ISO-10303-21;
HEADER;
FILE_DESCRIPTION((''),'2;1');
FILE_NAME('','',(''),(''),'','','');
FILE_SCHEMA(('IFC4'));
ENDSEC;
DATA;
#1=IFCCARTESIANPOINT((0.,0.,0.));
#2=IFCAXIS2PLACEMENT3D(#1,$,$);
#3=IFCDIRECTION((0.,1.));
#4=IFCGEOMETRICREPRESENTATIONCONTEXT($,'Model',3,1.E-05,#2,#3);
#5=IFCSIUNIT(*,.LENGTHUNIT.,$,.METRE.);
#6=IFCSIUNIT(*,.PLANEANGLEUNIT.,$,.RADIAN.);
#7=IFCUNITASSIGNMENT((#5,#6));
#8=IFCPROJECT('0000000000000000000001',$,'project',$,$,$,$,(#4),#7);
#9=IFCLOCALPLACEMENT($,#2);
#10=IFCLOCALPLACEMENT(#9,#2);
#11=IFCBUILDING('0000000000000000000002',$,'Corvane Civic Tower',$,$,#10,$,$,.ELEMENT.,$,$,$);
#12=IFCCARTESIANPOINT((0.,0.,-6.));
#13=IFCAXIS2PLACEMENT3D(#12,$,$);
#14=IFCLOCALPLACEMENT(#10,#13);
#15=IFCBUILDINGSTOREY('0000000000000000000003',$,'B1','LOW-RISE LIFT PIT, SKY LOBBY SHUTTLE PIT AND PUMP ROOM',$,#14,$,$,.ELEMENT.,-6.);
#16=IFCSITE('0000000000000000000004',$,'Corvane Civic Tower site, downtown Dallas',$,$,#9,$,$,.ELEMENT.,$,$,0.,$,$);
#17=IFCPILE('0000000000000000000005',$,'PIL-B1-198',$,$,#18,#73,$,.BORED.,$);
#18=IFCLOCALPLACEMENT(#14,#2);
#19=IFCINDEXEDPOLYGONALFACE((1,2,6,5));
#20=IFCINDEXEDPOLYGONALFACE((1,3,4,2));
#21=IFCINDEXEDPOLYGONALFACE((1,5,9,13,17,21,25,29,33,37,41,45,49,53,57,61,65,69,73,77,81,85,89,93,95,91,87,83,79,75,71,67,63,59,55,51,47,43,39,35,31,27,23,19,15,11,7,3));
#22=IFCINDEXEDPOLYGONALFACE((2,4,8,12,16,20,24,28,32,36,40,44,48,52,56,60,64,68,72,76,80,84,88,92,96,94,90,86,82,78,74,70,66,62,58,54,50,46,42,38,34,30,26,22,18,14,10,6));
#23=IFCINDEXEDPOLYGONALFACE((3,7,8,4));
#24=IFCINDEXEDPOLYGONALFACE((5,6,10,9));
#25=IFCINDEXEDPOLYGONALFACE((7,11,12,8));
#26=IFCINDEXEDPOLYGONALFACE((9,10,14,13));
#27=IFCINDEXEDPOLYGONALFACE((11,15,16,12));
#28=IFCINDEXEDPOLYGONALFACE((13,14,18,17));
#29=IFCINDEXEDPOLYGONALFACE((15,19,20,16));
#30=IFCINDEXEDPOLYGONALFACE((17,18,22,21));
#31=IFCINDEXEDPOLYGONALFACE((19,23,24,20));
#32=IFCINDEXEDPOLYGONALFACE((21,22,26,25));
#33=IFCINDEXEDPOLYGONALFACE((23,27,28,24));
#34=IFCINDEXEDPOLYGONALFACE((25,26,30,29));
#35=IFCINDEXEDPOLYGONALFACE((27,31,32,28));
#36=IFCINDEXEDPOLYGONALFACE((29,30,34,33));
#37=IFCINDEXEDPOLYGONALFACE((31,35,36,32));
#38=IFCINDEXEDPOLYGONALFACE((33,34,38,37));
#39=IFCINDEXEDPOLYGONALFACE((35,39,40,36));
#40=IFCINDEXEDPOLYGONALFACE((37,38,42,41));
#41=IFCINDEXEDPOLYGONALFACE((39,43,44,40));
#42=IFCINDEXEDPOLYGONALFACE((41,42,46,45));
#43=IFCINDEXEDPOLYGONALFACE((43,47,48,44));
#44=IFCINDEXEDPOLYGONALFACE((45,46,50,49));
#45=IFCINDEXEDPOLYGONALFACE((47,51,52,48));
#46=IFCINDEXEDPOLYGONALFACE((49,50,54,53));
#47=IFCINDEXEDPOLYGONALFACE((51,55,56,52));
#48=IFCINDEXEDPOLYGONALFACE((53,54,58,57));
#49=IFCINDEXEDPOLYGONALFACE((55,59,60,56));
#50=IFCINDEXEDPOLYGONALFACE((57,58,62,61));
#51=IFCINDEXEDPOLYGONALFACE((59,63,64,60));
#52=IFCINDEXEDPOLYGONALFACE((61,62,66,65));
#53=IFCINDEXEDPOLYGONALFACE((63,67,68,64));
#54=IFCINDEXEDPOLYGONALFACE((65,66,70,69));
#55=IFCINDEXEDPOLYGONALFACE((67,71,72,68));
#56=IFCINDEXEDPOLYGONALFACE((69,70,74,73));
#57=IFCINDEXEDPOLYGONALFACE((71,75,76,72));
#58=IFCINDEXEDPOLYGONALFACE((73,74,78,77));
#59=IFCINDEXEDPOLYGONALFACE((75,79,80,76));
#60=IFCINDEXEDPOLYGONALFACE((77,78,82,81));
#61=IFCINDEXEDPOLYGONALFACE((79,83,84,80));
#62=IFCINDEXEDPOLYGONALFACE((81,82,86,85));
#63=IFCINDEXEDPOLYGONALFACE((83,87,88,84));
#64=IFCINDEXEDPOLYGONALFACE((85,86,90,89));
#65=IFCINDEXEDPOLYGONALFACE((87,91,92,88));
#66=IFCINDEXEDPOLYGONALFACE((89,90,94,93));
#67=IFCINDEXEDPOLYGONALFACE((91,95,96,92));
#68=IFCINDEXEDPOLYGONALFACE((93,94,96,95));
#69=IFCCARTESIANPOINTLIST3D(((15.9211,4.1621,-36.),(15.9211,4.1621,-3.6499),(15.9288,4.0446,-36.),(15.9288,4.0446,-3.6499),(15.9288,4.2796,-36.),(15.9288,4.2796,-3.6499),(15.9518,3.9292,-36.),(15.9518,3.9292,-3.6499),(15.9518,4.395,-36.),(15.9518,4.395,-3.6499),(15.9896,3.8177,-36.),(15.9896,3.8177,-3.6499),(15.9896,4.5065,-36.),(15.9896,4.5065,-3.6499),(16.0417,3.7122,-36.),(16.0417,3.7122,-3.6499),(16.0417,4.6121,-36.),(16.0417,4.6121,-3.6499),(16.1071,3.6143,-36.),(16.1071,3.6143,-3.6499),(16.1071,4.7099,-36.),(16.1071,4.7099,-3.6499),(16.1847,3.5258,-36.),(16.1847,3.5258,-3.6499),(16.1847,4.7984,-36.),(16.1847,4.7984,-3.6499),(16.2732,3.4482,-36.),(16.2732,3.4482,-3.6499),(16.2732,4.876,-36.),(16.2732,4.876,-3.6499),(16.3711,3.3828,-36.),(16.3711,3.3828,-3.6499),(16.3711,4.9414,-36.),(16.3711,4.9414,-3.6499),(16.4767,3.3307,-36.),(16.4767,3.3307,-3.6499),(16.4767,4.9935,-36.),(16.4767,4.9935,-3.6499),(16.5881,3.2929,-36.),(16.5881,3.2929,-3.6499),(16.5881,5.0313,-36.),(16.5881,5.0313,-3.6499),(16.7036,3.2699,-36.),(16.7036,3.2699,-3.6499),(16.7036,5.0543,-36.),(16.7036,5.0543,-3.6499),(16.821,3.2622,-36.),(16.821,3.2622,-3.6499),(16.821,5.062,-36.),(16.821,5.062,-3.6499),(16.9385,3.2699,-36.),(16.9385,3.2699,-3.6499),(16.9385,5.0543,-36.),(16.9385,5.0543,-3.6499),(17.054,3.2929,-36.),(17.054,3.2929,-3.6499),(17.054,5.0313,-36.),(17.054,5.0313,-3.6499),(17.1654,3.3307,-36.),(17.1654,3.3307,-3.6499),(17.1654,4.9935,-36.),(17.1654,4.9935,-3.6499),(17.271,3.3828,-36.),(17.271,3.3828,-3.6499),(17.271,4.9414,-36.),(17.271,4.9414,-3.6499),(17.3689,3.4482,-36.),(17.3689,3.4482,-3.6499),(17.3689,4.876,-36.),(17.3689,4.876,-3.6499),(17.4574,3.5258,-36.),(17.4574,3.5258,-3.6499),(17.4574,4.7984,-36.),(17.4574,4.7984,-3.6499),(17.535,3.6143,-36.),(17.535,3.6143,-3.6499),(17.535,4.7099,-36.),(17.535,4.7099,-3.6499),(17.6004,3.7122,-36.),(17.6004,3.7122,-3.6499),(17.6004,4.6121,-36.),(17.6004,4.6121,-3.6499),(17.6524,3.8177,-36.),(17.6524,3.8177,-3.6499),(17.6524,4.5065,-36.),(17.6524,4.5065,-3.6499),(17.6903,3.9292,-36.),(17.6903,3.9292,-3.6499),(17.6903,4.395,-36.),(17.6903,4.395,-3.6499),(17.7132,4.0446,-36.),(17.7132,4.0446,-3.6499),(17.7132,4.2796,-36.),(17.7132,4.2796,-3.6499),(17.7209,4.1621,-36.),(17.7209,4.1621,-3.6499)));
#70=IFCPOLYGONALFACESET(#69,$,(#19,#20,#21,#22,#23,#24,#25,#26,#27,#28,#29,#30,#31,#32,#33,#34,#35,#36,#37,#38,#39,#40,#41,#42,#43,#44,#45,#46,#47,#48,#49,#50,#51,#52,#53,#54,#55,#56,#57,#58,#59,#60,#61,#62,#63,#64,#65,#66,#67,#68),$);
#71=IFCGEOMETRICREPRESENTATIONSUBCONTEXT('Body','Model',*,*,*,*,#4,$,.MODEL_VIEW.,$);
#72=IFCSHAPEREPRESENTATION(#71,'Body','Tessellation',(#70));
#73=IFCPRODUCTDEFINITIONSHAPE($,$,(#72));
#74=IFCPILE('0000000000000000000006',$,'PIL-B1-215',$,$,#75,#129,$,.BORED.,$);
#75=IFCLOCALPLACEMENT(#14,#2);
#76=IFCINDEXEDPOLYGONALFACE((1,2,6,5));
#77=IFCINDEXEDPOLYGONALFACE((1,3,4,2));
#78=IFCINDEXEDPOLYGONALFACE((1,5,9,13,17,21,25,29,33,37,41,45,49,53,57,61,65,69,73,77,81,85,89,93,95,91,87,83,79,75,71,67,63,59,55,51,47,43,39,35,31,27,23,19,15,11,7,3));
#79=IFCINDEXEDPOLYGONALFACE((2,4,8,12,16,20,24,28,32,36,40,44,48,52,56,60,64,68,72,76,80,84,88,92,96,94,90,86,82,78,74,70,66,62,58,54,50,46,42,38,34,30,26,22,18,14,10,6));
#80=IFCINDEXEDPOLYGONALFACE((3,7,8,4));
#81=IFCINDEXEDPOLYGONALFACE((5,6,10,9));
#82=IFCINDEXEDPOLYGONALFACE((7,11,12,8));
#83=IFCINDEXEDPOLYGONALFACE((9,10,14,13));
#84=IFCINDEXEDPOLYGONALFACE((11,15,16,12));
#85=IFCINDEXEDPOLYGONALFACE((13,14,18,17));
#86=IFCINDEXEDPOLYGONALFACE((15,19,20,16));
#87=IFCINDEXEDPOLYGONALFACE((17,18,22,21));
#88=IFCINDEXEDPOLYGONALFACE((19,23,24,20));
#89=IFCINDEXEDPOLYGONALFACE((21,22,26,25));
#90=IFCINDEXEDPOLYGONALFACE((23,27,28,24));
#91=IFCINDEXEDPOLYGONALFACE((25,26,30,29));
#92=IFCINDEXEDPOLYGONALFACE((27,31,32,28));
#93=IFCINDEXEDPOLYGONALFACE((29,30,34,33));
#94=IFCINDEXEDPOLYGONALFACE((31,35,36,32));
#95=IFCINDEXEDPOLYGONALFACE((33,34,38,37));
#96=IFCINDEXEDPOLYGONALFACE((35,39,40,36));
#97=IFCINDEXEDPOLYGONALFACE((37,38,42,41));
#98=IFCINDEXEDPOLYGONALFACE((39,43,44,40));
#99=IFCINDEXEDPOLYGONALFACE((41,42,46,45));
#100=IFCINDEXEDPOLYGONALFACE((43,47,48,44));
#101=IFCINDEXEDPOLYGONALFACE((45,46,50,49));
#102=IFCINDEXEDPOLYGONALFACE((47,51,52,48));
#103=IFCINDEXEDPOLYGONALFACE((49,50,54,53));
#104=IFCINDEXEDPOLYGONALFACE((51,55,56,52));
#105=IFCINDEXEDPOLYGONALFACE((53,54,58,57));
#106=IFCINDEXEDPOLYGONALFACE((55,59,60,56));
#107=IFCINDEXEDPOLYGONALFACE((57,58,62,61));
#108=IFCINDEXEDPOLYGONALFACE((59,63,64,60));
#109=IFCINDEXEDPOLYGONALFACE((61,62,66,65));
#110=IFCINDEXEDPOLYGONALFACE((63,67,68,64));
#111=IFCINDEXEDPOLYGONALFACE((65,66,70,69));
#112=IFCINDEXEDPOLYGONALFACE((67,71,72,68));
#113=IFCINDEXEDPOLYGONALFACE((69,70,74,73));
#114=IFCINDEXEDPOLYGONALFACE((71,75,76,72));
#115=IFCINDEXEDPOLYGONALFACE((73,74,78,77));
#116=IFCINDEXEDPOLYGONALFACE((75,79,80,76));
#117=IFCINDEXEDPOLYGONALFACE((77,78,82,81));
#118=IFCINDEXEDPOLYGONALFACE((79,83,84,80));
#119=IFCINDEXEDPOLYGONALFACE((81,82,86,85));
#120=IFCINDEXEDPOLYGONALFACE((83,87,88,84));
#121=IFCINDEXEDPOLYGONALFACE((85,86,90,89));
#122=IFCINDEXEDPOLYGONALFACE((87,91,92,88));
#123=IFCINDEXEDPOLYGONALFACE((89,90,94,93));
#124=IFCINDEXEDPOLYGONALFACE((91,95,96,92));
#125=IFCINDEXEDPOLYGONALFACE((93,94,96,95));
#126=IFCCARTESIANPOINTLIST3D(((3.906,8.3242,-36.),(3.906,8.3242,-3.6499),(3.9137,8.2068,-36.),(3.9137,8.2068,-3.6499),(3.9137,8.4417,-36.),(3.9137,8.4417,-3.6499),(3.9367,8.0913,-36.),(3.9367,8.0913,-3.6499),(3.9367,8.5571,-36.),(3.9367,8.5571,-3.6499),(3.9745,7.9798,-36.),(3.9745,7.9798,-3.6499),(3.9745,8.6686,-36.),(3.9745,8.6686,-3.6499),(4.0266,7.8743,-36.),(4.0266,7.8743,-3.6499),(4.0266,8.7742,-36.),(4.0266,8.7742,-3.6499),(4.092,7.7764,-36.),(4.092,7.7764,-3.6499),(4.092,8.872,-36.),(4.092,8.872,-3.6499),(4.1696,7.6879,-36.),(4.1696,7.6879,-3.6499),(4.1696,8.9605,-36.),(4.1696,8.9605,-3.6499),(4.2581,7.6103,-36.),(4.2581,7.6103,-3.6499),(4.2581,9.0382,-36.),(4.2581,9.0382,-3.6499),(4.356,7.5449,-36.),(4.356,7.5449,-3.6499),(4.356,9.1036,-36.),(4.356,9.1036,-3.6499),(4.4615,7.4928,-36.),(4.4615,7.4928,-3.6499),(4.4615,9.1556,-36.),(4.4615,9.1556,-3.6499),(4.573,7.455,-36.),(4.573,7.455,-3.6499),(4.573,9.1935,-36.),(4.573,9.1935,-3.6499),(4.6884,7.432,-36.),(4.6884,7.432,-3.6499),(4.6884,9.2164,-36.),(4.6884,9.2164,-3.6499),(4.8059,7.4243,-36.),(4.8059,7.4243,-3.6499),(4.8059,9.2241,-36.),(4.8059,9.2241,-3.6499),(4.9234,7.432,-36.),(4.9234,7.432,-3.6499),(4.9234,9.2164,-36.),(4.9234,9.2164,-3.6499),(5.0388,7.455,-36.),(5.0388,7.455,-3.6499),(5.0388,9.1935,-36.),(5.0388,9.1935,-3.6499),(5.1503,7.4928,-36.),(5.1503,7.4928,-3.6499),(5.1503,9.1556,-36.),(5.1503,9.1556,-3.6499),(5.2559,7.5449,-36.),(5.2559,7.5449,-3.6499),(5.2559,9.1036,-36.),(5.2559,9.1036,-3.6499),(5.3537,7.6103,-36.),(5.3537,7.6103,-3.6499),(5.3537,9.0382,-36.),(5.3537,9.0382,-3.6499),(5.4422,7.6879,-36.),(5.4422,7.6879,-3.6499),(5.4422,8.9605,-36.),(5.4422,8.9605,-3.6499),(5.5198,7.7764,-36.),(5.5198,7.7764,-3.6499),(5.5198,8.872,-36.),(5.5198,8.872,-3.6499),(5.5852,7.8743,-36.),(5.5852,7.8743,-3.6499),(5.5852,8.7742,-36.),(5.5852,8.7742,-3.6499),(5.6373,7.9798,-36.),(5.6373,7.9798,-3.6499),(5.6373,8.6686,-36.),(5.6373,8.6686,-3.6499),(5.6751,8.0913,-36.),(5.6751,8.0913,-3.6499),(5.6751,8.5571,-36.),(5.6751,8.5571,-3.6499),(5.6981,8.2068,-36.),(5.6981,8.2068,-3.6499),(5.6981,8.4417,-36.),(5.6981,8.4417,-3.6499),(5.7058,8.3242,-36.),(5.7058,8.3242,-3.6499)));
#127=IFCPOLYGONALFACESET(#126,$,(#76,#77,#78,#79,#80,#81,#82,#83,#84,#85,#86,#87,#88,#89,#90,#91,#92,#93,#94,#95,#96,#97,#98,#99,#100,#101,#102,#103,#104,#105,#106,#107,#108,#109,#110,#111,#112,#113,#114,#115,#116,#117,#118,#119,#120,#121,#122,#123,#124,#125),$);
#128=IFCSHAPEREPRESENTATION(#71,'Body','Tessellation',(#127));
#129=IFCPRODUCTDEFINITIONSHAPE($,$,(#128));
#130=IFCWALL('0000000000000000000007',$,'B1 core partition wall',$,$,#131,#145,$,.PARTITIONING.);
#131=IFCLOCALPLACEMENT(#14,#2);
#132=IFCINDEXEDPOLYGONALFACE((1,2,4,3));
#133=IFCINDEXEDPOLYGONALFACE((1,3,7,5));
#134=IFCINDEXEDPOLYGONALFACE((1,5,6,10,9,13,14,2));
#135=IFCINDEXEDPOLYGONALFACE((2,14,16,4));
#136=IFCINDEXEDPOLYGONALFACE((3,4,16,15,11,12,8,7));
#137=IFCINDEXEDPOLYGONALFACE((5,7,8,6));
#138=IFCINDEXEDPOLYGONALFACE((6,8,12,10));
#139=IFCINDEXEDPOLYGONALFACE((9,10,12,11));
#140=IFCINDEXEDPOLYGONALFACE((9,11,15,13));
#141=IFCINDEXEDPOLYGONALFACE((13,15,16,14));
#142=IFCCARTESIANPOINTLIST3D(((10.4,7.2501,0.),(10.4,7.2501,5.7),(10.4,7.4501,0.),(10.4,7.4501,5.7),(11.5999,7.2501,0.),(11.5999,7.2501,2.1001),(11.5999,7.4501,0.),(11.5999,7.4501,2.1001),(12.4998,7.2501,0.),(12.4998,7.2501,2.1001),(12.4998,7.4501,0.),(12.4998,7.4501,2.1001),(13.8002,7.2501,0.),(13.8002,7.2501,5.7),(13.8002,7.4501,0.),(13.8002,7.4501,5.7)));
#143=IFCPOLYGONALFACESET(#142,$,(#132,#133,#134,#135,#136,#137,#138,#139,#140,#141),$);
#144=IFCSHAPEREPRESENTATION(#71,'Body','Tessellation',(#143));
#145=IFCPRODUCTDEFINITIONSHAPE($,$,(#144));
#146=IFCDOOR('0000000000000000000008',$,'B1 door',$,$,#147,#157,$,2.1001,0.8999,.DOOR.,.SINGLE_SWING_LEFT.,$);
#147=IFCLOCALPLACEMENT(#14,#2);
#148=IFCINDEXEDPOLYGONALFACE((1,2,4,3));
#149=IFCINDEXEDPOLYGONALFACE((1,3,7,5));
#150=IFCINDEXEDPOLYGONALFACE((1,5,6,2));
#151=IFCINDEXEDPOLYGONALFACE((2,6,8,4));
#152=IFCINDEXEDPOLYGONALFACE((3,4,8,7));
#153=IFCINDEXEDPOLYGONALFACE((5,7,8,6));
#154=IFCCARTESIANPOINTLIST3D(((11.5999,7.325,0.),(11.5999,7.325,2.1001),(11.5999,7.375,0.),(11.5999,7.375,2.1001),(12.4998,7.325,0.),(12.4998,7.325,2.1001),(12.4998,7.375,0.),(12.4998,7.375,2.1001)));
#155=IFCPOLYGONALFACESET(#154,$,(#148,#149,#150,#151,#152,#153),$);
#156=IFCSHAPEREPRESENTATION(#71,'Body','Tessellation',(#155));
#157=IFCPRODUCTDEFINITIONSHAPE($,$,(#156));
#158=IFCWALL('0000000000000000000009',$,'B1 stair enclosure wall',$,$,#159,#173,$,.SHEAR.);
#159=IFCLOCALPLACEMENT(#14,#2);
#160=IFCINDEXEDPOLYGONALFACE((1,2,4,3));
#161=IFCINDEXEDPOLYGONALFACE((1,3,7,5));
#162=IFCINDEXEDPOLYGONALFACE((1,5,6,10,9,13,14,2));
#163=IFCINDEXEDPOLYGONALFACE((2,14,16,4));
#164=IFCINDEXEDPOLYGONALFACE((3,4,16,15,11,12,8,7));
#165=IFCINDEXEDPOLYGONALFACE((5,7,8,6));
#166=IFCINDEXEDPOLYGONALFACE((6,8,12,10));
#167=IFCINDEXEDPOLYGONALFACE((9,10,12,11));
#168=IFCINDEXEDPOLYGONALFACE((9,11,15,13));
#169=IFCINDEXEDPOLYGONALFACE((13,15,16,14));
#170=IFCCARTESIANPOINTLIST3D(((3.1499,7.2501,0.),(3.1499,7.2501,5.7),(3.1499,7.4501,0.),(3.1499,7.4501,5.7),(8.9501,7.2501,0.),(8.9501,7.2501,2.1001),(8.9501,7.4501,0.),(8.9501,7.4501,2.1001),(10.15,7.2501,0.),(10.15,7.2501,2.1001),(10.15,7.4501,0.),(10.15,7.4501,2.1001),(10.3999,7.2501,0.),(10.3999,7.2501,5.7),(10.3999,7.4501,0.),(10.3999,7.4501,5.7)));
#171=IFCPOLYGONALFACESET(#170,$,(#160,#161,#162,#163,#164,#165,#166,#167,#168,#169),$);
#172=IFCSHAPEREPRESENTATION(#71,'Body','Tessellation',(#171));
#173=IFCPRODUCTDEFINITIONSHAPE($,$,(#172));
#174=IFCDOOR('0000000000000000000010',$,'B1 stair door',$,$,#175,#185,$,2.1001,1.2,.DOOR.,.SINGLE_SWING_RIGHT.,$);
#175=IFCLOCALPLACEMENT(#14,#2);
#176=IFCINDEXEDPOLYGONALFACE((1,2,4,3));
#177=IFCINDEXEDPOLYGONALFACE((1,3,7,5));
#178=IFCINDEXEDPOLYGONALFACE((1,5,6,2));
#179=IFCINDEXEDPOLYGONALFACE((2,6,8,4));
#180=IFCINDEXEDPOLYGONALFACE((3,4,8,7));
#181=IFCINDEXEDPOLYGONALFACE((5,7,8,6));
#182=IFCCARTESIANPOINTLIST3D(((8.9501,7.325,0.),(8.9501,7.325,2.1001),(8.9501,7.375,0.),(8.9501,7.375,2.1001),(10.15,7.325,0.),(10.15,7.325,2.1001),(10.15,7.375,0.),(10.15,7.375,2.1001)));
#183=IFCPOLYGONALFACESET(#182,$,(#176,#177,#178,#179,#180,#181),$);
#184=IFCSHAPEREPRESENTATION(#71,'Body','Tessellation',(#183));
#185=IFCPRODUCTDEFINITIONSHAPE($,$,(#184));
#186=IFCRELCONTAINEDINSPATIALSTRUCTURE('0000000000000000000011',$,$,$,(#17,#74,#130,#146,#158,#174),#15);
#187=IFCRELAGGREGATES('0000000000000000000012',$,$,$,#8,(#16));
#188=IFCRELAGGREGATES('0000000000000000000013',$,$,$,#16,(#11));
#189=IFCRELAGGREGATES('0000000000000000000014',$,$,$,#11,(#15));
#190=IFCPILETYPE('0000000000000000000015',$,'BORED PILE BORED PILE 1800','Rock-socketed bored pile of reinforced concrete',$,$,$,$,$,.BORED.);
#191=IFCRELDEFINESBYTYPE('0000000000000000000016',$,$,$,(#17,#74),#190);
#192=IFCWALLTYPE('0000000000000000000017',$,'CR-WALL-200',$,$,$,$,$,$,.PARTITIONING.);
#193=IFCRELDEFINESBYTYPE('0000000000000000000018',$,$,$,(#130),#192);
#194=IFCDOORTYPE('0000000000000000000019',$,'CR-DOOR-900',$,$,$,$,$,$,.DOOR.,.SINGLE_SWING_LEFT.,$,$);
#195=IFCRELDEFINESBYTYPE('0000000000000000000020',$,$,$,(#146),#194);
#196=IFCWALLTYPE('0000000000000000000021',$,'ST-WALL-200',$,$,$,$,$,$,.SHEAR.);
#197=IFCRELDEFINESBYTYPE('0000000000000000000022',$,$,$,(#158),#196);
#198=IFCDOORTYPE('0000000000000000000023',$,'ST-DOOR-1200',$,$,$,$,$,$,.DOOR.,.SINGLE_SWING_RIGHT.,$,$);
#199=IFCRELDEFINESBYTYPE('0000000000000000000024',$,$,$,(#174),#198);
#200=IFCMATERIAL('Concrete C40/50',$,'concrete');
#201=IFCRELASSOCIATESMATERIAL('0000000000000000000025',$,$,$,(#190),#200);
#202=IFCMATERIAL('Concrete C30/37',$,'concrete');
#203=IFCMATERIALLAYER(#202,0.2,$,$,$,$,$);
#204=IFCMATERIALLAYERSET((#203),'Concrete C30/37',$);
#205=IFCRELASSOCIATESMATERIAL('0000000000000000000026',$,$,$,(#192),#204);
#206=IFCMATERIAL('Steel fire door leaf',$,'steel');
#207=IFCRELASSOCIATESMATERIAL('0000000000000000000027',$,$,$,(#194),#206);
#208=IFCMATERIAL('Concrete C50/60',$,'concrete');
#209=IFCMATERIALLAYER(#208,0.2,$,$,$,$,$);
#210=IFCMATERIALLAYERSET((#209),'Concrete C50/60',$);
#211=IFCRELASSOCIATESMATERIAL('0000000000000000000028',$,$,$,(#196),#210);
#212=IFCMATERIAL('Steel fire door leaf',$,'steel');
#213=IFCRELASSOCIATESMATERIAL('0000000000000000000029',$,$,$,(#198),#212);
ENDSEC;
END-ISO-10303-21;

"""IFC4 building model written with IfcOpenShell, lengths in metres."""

from ifc_helpers import new_model, si_unit, direction, frame, frame_2d, origin, origin_2d, place, context, subcontext, project, spatial, rectangle, circle, extrude, material, layer, layer_set, material_profile, profile_set, type_object, element, fill, save


model = new_model("IFC4")

# Units and contexts
model_context = context("Model", 3, precision=1e-05, world=origin(), true_north=direction((0.0, 1.0)))
body_context = subcontext(model_context, "Body", "Model", "MODEL_VIEW")
ifc_project = project(units=[si_unit("LENGTHUNIT", "METRE"), si_unit("PLANEANGLEUNIT", "RADIAN")], contexts=[model_context])

# Site, building, storey
site_placement = place(None, origin())
site = spatial("IfcSite", under=ifc_project, at=site_placement, Name="Corvane Civic Tower site, downtown Dallas", CompositionType="ELEMENT", RefElevation=0.0)
building_placement = place(site_placement, origin())
building = spatial("IfcBuilding", under=site, at=building_placement, Name="Corvane Civic Tower", CompositionType="ELEMENT")
storey_placement = place(building_placement, frame((0.0, 0.0, -6.0)))
storey = spatial("IfcBuildingStorey", under=building, at=storey_placement, Name="B1", Description="LOW-RISE LIFT PIT, SKY LOBBY SHUTTLE PIT AND PUMP ROOM", CompositionType="ELEMENT", Elevation=-6.0)

# Piles
ifc_material_1 = material(Name="Concrete C40/50", Category="concrete")
ifc_material_profile = material_profile(ifc_material_1, circle(Radius=0.8999, at=origin_2d()), Name="BORED PILE 1800")
ifc_profile_set = profile_set([ifc_material_profile], Name="Concrete C40/50")
pile_type = type_object("IfcPileType", Name="BORED PILE BORED PILE 1800", Description="Rock-socketed bored pile of reinforced concrete", PredefinedType="BORED", material=ifc_profile_set)
for number, where, z_axis, x_axis, name in (
    (1, (16.821, 4.1621, -3.6499), (0.0, 0.0, -1.0), (1.0, 0.0, 0.0), "PIL-B1-198"),
    (2, (4.8059, 8.3242, -3.6499), (0.0, 0.0, -1.0), (1.0, 0.0, 0.0), "PIL-B1-215"),
):
    element("IfcPile", number, at=place(storey_placement, frame(where, z_axis=z_axis, x_axis=x_axis)), inside=storey, type_object=pile_type, Name=name, PredefinedType="BORED", context=body_context, shape_type="SweptSolid", body=[
        extrude(circle(Radius=0.8999, at=origin_2d()), origin(), (0.0, 0.0, 1.0), 32.3501),
    ])

# Walls, openings, doors
ifc_material_2 = material(Name="Concrete C30/37", Category="concrete")
ifc_layer_1 = layer(ifc_material_2, 0.2)
ifc_layer_set_1 = layer_set([ifc_layer_1], Name="Concrete C30/37")
wall_type_1 = type_object("IfcWallType", Name="CR-WALL-200", PredefinedType="PARTITIONING", material=ifc_layer_set_1)
wall_1_placement = place(storey_placement, frame((10.3999, 7.3501, 0.0), z_axis=(0.0, 0.0, 1.0), x_axis=(1.0, 0.0, 0.0)))
wall_1 = element("IfcWall", 3, at=wall_1_placement, inside=storey, type_object=wall_type_1, Name="B1 core partition wall", PredefinedType="PARTITIONING", context=body_context, shape_type="SweptSolid", body=[
    extrude(rectangle(XDim=3.4001, YDim=0.2, at=frame_2d((1.7002, 0.0))), origin(), (0.0, 0.0, 1.0), 5.7),
])
opening_1_placement = place(wall_1_placement, frame((1.2, 0.0, 0.0)))
opening_1 = element("IfcOpeningElement", 4, at=opening_1_placement, cuts=wall_1, PredefinedType="OPENING", context=body_context, shape_type="SweptSolid", body=[
    extrude(rectangle(XDim=0.8999, YDim=2.1001, at=frame_2d((0.45, 1.05))), frame((0.0, 0.1099, 0.0), z_axis=(0.0, -1.0, 0.0), x_axis=(1.0, 0.0, 0.0)), (0.0, 0.0, 1.0), 0.22),
])
ifc_material_3 = material(Name="Steel fire door leaf", Category="steel")
door_type_1 = type_object("IfcDoorType", Name="CR-DOOR-900", OperationType="SINGLE_SWING_LEFT", PredefinedType="DOOR", material=ifc_material_3)
door_1_placement = place(opening_1_placement, origin())
door_1 = element("IfcDoor", 5, at=door_1_placement, inside=storey, type_object=door_type_1, Name="B1 door", OperationType="SINGLE_SWING_LEFT", OverallHeight=2.1001, OverallWidth=0.8999, PredefinedType="DOOR", context=body_context, shape_type="SweptSolid", body=[
    extrude(rectangle(XDim=0.8999, YDim=2.1001, at=frame_2d((0.45, 1.05))), frame((0.0, 0.0249, 0.0), z_axis=(0.0, -1.0, 0.0), x_axis=(1.0, 0.0, 0.0)), (0.0, 0.0, 1.0), 0.05),
])
fill(opening_1, door_1)
ifc_material_4 = material(Name="Concrete C50/60", Category="concrete")
ifc_layer_2 = layer(ifc_material_4, 0.2)
ifc_layer_set_2 = layer_set([ifc_layer_2], Name="Concrete C50/60")
wall_type_2 = type_object("IfcWallType", Name="ST-WALL-200", PredefinedType="SHEAR", material=ifc_layer_set_2)
wall_2_placement = place(storey_placement, frame((3.1499, 7.3501, 0.0), z_axis=(0.0, 0.0, 1.0), x_axis=(1.0, 0.0, 0.0)))
wall_2 = element("IfcWall", 6, at=wall_2_placement, inside=storey, type_object=wall_type_2, Name="B1 stair enclosure wall", PredefinedType="SHEAR", context=body_context, shape_type="SweptSolid", body=[
    extrude(rectangle(XDim=7.25, YDim=0.2, at=frame_2d((3.625, 0.0))), origin(), (0.0, 0.0, 1.0), 5.7),
])
opening_2_placement = place(wall_2_placement, frame((5.8, 0.0, 0.0)))
opening_2 = element("IfcOpeningElement", 7, at=opening_2_placement, cuts=wall_2, PredefinedType="OPENING", context=body_context, shape_type="SweptSolid", body=[
    extrude(rectangle(XDim=1.2, YDim=2.1001, at=frame_2d((0.6001, 1.05))), frame((0.0, 0.1099, 0.0), z_axis=(0.0, -1.0, 0.0), x_axis=(1.0, 0.0, 0.0)), (0.0, 0.0, 1.0), 0.22),
])
ifc_material_5 = material(Name="Steel fire door leaf", Category="steel")
door_type_2 = type_object("IfcDoorType", Name="ST-DOOR-1200", OperationType="SINGLE_SWING_RIGHT", PredefinedType="DOOR", material=ifc_material_5)
door_2_placement = place(opening_2_placement, origin())
door_2 = element("IfcDoor", 8, at=door_2_placement, inside=storey, type_object=door_type_2, Name="B1 stair door", OperationType="SINGLE_SWING_RIGHT", OverallHeight=2.1001, OverallWidth=1.2, PredefinedType="DOOR", context=body_context, shape_type="SweptSolid", body=[
    extrude(rectangle(XDim=1.2, YDim=2.1001, at=frame_2d((0.6001, 1.05))), frame((0.0, 0.0249, 0.0), z_axis=(0.0, -1.0, 0.0), x_axis=(1.0, 0.0, 0.0)), (0.0, 0.0, 1.0), 0.05),
])
fill(opening_2, door_2)

save(model, "model.ifc")
